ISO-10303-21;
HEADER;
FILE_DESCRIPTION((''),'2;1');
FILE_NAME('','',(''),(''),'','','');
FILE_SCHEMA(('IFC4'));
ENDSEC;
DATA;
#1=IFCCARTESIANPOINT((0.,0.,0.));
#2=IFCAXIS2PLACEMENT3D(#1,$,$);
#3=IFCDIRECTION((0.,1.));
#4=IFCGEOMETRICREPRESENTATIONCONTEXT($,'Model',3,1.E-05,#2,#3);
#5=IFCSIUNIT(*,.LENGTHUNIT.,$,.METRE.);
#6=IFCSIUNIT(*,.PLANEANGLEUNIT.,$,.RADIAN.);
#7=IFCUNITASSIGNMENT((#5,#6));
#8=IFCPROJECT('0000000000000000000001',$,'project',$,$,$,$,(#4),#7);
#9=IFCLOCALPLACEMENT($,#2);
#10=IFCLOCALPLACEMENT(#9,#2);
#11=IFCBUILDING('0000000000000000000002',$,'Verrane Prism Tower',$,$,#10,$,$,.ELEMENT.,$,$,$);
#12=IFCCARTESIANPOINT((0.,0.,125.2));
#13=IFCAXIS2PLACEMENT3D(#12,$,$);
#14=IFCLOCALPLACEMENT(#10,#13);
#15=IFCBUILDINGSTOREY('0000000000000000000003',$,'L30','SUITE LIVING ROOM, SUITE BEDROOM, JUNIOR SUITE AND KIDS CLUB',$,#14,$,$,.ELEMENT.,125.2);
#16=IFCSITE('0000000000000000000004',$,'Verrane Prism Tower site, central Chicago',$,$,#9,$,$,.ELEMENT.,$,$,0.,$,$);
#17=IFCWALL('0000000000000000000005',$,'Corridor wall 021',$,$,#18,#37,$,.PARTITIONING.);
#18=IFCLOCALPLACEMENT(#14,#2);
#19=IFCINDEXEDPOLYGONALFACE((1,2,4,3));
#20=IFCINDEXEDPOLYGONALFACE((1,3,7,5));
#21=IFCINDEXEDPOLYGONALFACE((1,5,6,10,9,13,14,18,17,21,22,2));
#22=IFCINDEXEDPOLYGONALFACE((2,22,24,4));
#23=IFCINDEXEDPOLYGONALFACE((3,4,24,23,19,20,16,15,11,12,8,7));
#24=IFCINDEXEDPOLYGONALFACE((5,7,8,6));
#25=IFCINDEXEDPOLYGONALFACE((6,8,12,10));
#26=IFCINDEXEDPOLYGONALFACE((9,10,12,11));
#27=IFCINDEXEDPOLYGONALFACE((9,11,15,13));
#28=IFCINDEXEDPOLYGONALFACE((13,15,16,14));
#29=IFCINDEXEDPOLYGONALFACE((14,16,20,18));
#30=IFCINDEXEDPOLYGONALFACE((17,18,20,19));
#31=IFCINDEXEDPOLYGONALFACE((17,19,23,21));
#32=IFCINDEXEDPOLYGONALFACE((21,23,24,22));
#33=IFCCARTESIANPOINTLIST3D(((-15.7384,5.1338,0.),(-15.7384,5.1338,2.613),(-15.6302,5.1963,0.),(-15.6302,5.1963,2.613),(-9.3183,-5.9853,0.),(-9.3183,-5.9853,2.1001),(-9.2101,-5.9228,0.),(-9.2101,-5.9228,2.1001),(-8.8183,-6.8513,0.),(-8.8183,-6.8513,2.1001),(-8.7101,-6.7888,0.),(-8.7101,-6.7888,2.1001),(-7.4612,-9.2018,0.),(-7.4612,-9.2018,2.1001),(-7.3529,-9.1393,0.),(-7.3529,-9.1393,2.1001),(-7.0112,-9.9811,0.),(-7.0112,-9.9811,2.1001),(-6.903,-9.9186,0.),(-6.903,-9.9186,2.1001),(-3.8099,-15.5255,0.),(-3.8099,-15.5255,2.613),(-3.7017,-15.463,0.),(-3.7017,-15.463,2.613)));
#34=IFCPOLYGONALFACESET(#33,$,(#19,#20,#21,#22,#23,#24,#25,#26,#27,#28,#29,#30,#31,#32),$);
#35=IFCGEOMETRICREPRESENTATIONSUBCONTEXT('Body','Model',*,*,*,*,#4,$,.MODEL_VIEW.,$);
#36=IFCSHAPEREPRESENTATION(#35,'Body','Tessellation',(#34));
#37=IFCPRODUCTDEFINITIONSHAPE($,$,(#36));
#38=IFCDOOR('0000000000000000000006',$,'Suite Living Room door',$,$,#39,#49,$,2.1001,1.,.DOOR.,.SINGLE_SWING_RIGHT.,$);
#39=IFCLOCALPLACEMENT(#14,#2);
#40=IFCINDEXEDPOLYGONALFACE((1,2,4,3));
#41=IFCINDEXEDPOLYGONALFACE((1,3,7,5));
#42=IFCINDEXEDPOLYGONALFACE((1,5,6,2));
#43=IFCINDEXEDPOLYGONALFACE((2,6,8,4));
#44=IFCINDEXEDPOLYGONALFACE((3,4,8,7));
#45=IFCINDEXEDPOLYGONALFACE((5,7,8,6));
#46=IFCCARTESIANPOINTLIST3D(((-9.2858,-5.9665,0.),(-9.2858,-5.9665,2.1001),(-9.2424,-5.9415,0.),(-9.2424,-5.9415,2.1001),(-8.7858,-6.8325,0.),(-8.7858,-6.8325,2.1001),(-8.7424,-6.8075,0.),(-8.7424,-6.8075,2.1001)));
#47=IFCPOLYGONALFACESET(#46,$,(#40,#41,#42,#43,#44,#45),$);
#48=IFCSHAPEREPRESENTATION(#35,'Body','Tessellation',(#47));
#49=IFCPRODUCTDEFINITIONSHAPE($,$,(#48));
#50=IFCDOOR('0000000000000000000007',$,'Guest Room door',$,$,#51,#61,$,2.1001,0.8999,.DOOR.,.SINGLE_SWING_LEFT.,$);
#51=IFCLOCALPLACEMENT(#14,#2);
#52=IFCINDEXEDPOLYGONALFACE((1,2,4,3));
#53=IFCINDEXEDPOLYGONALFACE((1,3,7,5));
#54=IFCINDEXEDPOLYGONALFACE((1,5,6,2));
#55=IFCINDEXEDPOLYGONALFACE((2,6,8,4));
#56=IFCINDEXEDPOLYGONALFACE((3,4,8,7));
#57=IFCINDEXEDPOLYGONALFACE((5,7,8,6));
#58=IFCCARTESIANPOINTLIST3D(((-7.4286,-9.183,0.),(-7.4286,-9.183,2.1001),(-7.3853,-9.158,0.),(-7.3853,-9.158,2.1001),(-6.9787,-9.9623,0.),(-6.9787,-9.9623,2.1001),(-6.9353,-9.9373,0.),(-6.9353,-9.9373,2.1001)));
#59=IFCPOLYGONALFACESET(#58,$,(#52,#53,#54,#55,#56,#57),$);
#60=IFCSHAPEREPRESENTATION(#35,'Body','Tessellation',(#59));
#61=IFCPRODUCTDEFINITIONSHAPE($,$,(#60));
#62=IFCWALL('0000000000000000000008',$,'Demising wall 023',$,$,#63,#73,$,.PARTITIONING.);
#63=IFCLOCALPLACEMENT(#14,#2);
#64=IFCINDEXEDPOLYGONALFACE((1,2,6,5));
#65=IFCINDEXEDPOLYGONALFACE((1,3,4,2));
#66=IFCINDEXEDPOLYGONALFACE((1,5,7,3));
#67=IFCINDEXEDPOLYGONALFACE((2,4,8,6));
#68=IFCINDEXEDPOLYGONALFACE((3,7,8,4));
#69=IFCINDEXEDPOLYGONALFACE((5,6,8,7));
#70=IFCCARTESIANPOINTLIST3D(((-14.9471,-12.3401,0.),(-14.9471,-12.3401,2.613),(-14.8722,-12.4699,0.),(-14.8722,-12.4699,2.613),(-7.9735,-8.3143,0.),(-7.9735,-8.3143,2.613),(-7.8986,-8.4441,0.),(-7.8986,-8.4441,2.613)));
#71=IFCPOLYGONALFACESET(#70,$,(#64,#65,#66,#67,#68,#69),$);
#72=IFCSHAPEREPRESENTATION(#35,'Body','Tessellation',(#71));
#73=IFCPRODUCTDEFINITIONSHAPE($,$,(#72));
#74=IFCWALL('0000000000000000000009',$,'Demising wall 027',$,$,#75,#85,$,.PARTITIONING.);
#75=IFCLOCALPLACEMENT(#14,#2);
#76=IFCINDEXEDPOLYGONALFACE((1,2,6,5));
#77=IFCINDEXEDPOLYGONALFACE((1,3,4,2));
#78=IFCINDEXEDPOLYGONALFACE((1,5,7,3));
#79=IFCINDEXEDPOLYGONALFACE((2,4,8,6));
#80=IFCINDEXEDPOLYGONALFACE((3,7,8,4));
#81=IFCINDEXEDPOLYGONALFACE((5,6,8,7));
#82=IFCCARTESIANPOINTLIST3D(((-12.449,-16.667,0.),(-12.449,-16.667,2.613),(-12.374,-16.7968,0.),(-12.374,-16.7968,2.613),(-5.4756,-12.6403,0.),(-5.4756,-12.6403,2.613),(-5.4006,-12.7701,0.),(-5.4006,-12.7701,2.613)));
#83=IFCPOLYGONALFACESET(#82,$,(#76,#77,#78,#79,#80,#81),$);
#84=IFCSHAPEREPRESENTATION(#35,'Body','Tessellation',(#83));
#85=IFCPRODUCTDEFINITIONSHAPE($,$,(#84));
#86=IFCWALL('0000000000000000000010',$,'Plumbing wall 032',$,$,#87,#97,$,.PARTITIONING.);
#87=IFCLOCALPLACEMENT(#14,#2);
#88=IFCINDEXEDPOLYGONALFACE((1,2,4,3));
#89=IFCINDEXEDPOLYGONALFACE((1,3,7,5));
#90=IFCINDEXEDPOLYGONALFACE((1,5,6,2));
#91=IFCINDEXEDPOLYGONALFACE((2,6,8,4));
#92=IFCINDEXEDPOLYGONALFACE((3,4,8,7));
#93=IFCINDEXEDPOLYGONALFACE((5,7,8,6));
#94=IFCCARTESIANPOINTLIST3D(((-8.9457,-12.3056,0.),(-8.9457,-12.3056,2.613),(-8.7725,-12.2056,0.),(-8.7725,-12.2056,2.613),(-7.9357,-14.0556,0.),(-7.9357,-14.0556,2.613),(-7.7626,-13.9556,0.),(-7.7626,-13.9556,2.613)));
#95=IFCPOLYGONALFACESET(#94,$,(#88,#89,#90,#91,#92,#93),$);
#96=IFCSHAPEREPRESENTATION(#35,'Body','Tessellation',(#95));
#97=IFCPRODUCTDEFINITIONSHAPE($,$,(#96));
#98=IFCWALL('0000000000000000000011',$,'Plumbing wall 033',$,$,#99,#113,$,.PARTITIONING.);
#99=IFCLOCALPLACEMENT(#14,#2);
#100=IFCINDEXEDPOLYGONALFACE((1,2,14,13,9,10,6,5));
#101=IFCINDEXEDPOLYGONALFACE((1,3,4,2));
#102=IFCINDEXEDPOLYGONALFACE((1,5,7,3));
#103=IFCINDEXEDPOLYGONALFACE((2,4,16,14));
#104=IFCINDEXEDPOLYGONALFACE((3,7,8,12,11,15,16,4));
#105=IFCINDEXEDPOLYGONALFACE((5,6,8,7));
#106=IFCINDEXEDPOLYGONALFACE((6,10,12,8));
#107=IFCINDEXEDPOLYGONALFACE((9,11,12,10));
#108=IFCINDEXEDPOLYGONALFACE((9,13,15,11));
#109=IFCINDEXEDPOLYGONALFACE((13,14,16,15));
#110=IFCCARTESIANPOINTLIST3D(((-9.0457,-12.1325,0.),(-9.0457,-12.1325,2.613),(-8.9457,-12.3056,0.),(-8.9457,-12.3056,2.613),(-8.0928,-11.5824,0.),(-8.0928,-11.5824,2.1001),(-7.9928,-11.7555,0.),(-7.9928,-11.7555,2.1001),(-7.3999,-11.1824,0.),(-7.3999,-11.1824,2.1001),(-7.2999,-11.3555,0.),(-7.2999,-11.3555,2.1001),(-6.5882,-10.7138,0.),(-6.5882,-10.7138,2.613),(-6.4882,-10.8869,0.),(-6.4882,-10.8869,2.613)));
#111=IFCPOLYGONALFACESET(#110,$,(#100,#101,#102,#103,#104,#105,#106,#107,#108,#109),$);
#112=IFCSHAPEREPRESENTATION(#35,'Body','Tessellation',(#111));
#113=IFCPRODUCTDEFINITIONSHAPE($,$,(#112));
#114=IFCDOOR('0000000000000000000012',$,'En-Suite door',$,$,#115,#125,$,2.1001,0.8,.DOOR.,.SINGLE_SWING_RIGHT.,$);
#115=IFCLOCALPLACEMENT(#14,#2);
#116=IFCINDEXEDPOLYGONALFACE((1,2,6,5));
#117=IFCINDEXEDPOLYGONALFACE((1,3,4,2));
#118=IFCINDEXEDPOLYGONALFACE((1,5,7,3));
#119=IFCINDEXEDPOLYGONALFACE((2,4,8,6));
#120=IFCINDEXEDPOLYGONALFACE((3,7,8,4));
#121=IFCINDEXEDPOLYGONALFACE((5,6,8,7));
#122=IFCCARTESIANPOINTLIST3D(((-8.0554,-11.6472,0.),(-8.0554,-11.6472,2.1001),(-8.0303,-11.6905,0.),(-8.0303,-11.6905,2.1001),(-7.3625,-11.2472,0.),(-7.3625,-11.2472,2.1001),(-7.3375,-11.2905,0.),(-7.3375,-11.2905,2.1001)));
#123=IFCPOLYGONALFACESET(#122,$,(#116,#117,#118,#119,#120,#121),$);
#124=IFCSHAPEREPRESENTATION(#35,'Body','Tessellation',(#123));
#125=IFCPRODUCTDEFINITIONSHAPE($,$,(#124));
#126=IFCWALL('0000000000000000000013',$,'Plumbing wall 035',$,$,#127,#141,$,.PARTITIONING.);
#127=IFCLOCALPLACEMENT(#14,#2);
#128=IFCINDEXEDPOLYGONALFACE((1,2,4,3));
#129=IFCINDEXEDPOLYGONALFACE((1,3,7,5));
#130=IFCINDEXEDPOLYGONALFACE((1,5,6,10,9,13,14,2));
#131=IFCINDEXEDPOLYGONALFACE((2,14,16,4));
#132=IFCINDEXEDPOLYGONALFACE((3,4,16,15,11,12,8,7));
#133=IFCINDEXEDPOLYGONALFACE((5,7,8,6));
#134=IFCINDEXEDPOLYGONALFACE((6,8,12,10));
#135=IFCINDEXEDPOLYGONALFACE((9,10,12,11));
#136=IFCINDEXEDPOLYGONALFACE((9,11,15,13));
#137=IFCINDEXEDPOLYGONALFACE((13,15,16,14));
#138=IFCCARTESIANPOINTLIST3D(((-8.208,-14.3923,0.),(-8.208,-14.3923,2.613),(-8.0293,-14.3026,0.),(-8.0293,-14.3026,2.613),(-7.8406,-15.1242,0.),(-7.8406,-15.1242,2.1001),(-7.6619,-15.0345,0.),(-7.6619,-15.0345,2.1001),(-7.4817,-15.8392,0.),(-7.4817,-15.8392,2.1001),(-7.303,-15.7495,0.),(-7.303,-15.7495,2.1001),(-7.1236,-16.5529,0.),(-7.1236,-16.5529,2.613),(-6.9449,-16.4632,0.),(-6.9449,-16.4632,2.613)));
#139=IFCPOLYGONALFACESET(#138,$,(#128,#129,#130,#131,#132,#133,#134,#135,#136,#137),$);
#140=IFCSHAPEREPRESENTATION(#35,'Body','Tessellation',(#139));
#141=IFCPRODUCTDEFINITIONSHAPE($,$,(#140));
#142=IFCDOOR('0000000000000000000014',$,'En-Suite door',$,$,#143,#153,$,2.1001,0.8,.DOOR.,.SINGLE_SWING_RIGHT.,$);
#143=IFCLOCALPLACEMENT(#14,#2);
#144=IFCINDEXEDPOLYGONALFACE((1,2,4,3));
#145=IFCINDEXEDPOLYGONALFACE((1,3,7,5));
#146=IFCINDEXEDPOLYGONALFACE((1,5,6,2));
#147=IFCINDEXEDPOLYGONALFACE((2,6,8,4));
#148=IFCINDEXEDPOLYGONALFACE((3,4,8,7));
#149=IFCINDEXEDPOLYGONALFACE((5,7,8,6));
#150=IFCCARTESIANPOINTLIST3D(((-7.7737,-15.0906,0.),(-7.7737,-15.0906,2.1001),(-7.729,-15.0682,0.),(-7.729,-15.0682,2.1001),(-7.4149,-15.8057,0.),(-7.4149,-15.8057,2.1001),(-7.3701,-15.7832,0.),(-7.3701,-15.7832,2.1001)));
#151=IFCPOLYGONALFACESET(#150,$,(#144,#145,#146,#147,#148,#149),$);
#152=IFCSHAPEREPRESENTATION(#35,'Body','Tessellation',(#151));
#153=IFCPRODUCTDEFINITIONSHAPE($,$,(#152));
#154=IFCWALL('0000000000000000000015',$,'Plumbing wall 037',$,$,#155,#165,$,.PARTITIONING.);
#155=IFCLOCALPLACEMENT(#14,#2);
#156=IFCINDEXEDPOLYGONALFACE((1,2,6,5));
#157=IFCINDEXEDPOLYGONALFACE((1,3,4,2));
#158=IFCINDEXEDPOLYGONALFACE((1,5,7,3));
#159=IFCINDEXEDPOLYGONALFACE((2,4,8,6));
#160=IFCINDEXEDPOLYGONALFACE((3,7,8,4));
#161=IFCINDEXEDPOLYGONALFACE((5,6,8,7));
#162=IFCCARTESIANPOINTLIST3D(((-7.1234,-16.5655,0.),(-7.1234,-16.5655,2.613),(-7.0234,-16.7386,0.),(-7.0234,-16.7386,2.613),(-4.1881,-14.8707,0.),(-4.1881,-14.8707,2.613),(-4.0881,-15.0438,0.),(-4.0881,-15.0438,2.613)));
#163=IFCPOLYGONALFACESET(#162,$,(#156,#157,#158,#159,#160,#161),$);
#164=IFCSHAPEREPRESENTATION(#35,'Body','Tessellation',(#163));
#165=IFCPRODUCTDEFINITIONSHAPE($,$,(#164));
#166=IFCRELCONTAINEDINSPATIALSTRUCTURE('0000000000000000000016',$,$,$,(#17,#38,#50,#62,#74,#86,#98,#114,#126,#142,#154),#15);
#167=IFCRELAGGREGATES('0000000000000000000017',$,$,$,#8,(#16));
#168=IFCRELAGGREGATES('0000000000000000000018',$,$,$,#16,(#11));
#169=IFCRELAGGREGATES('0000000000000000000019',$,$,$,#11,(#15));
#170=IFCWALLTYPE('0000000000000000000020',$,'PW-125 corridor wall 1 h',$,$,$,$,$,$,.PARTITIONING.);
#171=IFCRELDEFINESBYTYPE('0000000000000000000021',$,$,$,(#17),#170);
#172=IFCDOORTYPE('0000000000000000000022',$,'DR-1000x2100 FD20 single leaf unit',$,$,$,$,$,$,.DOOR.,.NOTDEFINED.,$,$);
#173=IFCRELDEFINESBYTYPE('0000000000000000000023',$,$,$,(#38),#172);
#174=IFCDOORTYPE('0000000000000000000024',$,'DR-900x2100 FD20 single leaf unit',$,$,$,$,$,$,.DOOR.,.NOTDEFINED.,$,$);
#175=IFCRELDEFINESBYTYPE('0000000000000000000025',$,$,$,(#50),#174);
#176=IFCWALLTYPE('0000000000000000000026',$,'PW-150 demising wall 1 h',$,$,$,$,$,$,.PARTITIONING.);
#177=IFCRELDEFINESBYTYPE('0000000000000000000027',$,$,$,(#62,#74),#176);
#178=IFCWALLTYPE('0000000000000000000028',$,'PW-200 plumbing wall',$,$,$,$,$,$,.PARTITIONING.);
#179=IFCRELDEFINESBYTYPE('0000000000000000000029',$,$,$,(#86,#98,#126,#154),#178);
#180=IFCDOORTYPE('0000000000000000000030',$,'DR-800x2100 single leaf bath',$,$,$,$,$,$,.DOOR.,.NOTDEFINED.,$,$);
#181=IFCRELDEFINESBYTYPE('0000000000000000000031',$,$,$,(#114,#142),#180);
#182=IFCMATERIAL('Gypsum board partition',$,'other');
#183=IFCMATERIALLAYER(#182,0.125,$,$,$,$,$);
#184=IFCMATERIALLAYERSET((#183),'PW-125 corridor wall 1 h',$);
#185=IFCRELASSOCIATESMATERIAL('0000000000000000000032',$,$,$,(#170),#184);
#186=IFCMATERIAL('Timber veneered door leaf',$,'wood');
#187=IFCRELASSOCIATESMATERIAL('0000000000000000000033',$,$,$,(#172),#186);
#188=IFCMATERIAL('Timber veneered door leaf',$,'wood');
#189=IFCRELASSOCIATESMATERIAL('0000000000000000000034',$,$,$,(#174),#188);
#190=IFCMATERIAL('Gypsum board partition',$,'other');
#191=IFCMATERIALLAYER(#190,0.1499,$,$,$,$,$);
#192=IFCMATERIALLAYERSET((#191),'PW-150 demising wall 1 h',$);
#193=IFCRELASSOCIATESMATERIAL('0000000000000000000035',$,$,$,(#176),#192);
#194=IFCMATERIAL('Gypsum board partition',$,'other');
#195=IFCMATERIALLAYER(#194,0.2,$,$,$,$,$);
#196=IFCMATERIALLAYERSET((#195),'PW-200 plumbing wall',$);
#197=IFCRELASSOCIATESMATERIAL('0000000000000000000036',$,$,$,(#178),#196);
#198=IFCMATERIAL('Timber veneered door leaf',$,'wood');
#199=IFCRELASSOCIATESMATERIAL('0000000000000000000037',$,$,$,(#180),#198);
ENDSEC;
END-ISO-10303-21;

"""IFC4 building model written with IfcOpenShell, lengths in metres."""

from ifc_helpers import new_model, si_unit, direction, frame, frame_2d, origin, place, context, subcontext, project, spatial, rectangle, extrude, material, layer, layer_set, type_object, element, fill, save


model = new_model("IFC4")

# Units and contexts
model_context = context("Model", 3, precision=1e-05, world=origin(), true_north=direction((0.0, 1.0)))
body_context = subcontext(model_context, "Body", "Model", "MODEL_VIEW")
ifc_project = project(units=[si_unit("LENGTHUNIT", "METRE"), si_unit("PLANEANGLEUNIT", "RADIAN")], contexts=[model_context])

# Site, building, storey
site_placement = place(None, origin())
site = spatial("IfcSite", under=ifc_project, at=site_placement, Name="Verrane Prism Tower site, central Chicago", CompositionType="ELEMENT", RefElevation=0.0)
building_placement = place(site_placement, origin())
building = spatial("IfcBuilding", under=site, at=building_placement, Name="Verrane Prism Tower", CompositionType="ELEMENT")
storey_placement = place(building_placement, frame((0.0, 0.0, 125.2)))
storey = spatial("IfcBuildingStorey", under=building, at=storey_placement, Name="L30", Description="SUITE LIVING ROOM, SUITE BEDROOM, JUNIOR SUITE AND KIDS CLUB", CompositionType="ELEMENT", Elevation=125.2)

# Wall, openings, doors
ifc_material_1 = material(Name="Gypsum board partition", Category="other")
ifc_layer_1 = layer(ifc_material_1, 0.125)
ifc_layer_set_1 = layer_set([ifc_layer_1], Name="PW-125 corridor wall 1 h")
wall_type_1 = type_object("IfcWallType", Name="PW-125 corridor wall 1 h", PredefinedType="PARTITIONING", material=ifc_layer_set_1)
wall_1_placement = place(storey_placement, frame((-3.7559, -15.4941, 0.0), z_axis=(0.0, 0.0, 1.0), x_axis=(-0.500028, 0.866009, 0.0)))
wall_1 = element("IfcWall", 1, at=wall_1_placement, inside=storey, type_object=wall_type_1, Name="Corridor wall 021", PredefinedType="PARTITIONING", context=body_context, shape_type="SweptSolid", body=[
    extrude(rectangle(XDim=23.8557, YDim=0.125, at=frame_2d((11.9277, 0.0))), origin(), (0.0, 0.0, 1.0), 2.613),
])
opening_1_placement = place(wall_1_placement, frame((10.0161, 0.0, 0.0)))
opening_1 = element("IfcOpeningElement", 2, at=opening_1_placement, cuts=wall_1, PredefinedType="OPENING", context=body_context, shape_type="SweptSolid", body=[
    extrude(rectangle(XDim=1.0, YDim=2.1001, at=frame_2d((0.5, 1.05))), frame((0.0, 0.0725, 0.0), z_axis=(0.0, -1.0, 0.0), x_axis=(1.0, 0.0, 0.0)), (0.0, 0.0, 1.0), 0.145),
])
opening_2_placement = place(wall_1_placement, frame((6.4021, 0.0, 0.0)))
opening_2 = element("IfcOpeningElement", 3, at=opening_2_placement, cuts=wall_1, PredefinedType="OPENING", context=body_context, shape_type="SweptSolid", body=[
    extrude(rectangle(XDim=0.8999, YDim=2.1001, at=frame_2d((0.45, 1.05))), frame((0.0, 0.0725, 0.0), z_axis=(0.0, -1.0, 0.0), x_axis=(1.0, 0.0, 0.0)), (0.0, 0.0, 1.0), 0.145),
])
ifc_material_2 = material(Name="Timber veneered door leaf", Category="wood")
door_type_1 = type_object("IfcDoorType", Name="DR-1000x2100 FD20 single leaf unit", OperationType="NOTDEFINED", PredefinedType="DOOR", material=ifc_material_2)
door_1_placement = place(opening_1_placement, origin())
door_1 = element("IfcDoor", 4, at=door_1_placement, inside=storey, type_object=door_type_1, Name="Suite Living Room door", OperationType="SINGLE_SWING_RIGHT", OverallHeight=2.1001, OverallWidth=1.0, PredefinedType="DOOR", context=body_context, shape_type="SweptSolid", body=[
    extrude(rectangle(XDim=1.0, YDim=2.1001, at=frame_2d((0.5, 1.05))), frame((0.0, 0.0249, 0.0), z_axis=(0.0, -1.0, 0.0), x_axis=(1.0, 0.0, 0.0)), (0.0, 0.0, 1.0), 0.05),
])
fill(opening_1, door_1)
ifc_material_3 = material(Name="Timber veneered door leaf", Category="wood")
door_type_2 = type_object("IfcDoorType", Name="DR-900x2100 FD20 single leaf unit", OperationType="NOTDEFINED", PredefinedType="DOOR", material=ifc_material_3)
door_2_placement = place(opening_2_placement, origin())
door_2 = element("IfcDoor", 5, at=door_2_placement, inside=storey, type_object=door_type_2, Name="Guest Room door", OperationType="SINGLE_SWING_LEFT", OverallHeight=2.1001, OverallWidth=0.8999, PredefinedType="DOOR", context=body_context, shape_type="SweptSolid", body=[
    extrude(rectangle(XDim=0.8999, YDim=2.1001, at=frame_2d((0.45, 1.05))), frame((0.0, 0.0249, 0.0), z_axis=(0.0, -1.0, 0.0), x_axis=(1.0, 0.0, 0.0)), (0.0, 0.0, 1.0), 0.05),
])
fill(opening_2, door_2)

# Walls
ifc_material_4 = material(Name="Gypsum board partition", Category="other")
ifc_layer_2 = layer(ifc_material_4, 0.1499)
ifc_layer_set_2 = layer_set([ifc_layer_2], Name="PW-150 demising wall 1 h")
wall_type_2 = type_object("IfcWallType", Name="PW-150 demising wall 1 h", PredefinedType="PARTITIONING", material=ifc_layer_set_2)
wall_2_placement = place(storey_placement, frame((-14.9097, -12.405, 0.0), z_axis=(0.0, 0.0, 1.0), x_axis=(0.866044, 0.499967, 0.0)))
element("IfcWall", 6, at=wall_2_placement, inside=storey, type_object=wall_type_2, Name="Demising wall 023", PredefinedType="PARTITIONING", context=body_context, shape_type="SweptSolid", body=[
    extrude(rectangle(XDim=8.0522, YDim=0.1499, at=frame_2d((4.0261, 0.0))), origin(), (0.0, 0.0, 1.0), 2.613),
])
wall_3_placement = place(storey_placement, frame((-12.4116, -16.7319, 0.0), z_axis=(0.0, 0.0, 1.0), x_axis=(0.865997, 0.500049, 0.0)))
element("IfcWall", 7, at=wall_3_placement, inside=storey, type_object=wall_type_2, Name="Demising wall 027", PredefinedType="PARTITIONING", context=body_context, shape_type="SweptSolid", body=[
    extrude(rectangle(XDim=8.0525, YDim=0.1499, at=frame_2d((4.0264, 0.0))), origin(), (0.0, 0.0, 1.0), 2.613),
])
ifc_material_5 = material(Name="Gypsum board partition", Category="other")
ifc_layer_3 = layer(ifc_material_5, 0.2)
ifc_layer_set_3 = layer_set([ifc_layer_3], Name="PW-200 plumbing wall")
wall_type_3 = type_object("IfcWallType", Name="PW-200 plumbing wall", PredefinedType="PARTITIONING", material=ifc_layer_set_3)
wall_4_placement = place(storey_placement, frame((-8.8591, -12.2556, 0.0), z_axis=(0.0, 0.0, 1.0), x_axis=(0.499869, -0.866101, 0.0)))
element("IfcWall", 8, at=wall_4_placement, inside=storey, type_object=wall_type_3, Name="Plumbing wall 032", PredefinedType="PARTITIONING", context=body_context, shape_type="SweptSolid", body=[
    extrude(rectangle(XDim=2.0205, YDim=0.2, at=frame_2d((1.0103, 0.0))), origin(), (0.0, 0.0, 1.0), 2.613),
])

# Walls, openings, doors
wall_5_placement = place(storey_placement, frame((-6.5381, -10.8003, 0.0), z_axis=(0.0, 0.0, 1.0), x_axis=(-0.866048, -0.499961, 0.0)))
wall_5 = element("IfcWall", 9, at=wall_5_placement, inside=storey, type_object=wall_type_3, Name="Plumbing wall 033", PredefinedType="PARTITIONING", context=body_context, shape_type="SweptSolid", body=[
    extrude(rectangle(XDim=2.8376, YDim=0.2, at=frame_2d((1.4189, 0.0))), origin(), (0.0, 0.0, 1.0), 2.613),
])
opening_3_placement = place(wall_5_placement, frame((0.9375, 0.0, 0.0)))
opening_3 = element("IfcOpeningElement", 10, at=opening_3_placement, cuts=wall_5, PredefinedType="OPENING", context=body_context, shape_type="SweptSolid", body=[
    extrude(rectangle(XDim=0.8, YDim=2.1001, at=frame_2d((0.3999, 1.05))), frame((0.0, 0.1099, 0.0), z_axis=(0.0, -1.0, 0.0), x_axis=(1.0, 0.0, 0.0)), (0.0, 0.0, 1.0), 0.22),
])
ifc_material_6 = material(Name="Timber veneered door leaf", Category="wood")
door_type_3 = type_object("IfcDoorType", Name="DR-800x2100 single leaf bath", OperationType="NOTDEFINED", PredefinedType="DOOR", material=ifc_material_6)
door_3_placement = place(opening_3_placement, origin())
door_3 = element("IfcDoor", 11, at=door_3_placement, inside=storey, type_object=door_type_3, Name="En-Suite door", OperationType="SINGLE_SWING_RIGHT", OverallHeight=2.1001, OverallWidth=0.8, PredefinedType="DOOR", context=body_context, shape_type="SweptSolid", body=[
    extrude(rectangle(XDim=0.8, YDim=2.1001, at=frame_2d((0.3999, 1.05))), frame((0.0, 0.0249, 0.0), z_axis=(0.0, -1.0, 0.0), x_axis=(1.0, 0.0, 0.0)), (0.0, 0.0, 1.0), 0.05),
])
fill(opening_3, door_3)
wall_6_placement = place(storey_placement, frame((-8.1187, -14.3474, 0.0), z_axis=(0.0, 0.0, 1.0), x_axis=(0.448586, -0.893739, 0.0)))
wall_6 = element("IfcWall", 12, at=wall_6_placement, inside=storey, type_object=wall_type_3, Name="Plumbing wall 035", PredefinedType="PARTITIONING", context=body_context, shape_type="SweptSolid", body=[
    extrude(rectangle(XDim=2.4175, YDim=0.2, at=frame_2d((1.2087, 0.0))), origin(), (0.0, 0.0, 1.0), 2.613),
])
opening_4_placement = place(wall_6_placement, frame((0.8191, 0.0, 0.0)))
opening_4 = element("IfcOpeningElement", 13, at=opening_4_placement, cuts=wall_6, PredefinedType="OPENING", context=body_context, shape_type="SweptSolid", body=[
    extrude(rectangle(XDim=0.8, YDim=2.1001, at=frame_2d((0.3999, 1.05))), frame((0.0, 0.1099, 0.0), z_axis=(0.0, -1.0, 0.0), x_axis=(1.0, 0.0, 0.0)), (0.0, 0.0, 1.0), 0.22),
])
door_4_placement = place(opening_4_placement, origin())
door_4 = element("IfcDoor", 14, at=door_4_placement, inside=storey, type_object=door_type_3, Name="En-Suite door", OperationType="SINGLE_SWING_RIGHT", OverallHeight=2.1001, OverallWidth=0.8, PredefinedType="DOOR", context=body_context, shape_type="SweptSolid", body=[
    extrude(rectangle(XDim=0.8, YDim=2.1001, at=frame_2d((0.3999, 1.05))), frame((0.0, 0.0249, 0.0), z_axis=(0.0, -1.0, 0.0), x_axis=(1.0, 0.0, 0.0)), (0.0, 0.0, 1.0), 0.05),
])
fill(opening_4, door_4)

# Wall
wall_7_placement = place(storey_placement, frame((-7.0735, -16.6521, 0.0), z_axis=(0.0, 0.0, 1.0), x_axis=(0.866009, 0.500028, 0.0)))
element("IfcWall", 15, at=wall_7_placement, inside=storey, type_object=wall_type_3, Name="Plumbing wall 037", PredefinedType="PARTITIONING", context=body_context, shape_type="SweptSolid", body=[
    extrude(rectangle(XDim=3.3894, YDim=0.2, at=frame_2d((1.6948, 0.0))), origin(), (0.0, 0.0, 1.0), 2.613),
])

save(model, "model.ifc")
